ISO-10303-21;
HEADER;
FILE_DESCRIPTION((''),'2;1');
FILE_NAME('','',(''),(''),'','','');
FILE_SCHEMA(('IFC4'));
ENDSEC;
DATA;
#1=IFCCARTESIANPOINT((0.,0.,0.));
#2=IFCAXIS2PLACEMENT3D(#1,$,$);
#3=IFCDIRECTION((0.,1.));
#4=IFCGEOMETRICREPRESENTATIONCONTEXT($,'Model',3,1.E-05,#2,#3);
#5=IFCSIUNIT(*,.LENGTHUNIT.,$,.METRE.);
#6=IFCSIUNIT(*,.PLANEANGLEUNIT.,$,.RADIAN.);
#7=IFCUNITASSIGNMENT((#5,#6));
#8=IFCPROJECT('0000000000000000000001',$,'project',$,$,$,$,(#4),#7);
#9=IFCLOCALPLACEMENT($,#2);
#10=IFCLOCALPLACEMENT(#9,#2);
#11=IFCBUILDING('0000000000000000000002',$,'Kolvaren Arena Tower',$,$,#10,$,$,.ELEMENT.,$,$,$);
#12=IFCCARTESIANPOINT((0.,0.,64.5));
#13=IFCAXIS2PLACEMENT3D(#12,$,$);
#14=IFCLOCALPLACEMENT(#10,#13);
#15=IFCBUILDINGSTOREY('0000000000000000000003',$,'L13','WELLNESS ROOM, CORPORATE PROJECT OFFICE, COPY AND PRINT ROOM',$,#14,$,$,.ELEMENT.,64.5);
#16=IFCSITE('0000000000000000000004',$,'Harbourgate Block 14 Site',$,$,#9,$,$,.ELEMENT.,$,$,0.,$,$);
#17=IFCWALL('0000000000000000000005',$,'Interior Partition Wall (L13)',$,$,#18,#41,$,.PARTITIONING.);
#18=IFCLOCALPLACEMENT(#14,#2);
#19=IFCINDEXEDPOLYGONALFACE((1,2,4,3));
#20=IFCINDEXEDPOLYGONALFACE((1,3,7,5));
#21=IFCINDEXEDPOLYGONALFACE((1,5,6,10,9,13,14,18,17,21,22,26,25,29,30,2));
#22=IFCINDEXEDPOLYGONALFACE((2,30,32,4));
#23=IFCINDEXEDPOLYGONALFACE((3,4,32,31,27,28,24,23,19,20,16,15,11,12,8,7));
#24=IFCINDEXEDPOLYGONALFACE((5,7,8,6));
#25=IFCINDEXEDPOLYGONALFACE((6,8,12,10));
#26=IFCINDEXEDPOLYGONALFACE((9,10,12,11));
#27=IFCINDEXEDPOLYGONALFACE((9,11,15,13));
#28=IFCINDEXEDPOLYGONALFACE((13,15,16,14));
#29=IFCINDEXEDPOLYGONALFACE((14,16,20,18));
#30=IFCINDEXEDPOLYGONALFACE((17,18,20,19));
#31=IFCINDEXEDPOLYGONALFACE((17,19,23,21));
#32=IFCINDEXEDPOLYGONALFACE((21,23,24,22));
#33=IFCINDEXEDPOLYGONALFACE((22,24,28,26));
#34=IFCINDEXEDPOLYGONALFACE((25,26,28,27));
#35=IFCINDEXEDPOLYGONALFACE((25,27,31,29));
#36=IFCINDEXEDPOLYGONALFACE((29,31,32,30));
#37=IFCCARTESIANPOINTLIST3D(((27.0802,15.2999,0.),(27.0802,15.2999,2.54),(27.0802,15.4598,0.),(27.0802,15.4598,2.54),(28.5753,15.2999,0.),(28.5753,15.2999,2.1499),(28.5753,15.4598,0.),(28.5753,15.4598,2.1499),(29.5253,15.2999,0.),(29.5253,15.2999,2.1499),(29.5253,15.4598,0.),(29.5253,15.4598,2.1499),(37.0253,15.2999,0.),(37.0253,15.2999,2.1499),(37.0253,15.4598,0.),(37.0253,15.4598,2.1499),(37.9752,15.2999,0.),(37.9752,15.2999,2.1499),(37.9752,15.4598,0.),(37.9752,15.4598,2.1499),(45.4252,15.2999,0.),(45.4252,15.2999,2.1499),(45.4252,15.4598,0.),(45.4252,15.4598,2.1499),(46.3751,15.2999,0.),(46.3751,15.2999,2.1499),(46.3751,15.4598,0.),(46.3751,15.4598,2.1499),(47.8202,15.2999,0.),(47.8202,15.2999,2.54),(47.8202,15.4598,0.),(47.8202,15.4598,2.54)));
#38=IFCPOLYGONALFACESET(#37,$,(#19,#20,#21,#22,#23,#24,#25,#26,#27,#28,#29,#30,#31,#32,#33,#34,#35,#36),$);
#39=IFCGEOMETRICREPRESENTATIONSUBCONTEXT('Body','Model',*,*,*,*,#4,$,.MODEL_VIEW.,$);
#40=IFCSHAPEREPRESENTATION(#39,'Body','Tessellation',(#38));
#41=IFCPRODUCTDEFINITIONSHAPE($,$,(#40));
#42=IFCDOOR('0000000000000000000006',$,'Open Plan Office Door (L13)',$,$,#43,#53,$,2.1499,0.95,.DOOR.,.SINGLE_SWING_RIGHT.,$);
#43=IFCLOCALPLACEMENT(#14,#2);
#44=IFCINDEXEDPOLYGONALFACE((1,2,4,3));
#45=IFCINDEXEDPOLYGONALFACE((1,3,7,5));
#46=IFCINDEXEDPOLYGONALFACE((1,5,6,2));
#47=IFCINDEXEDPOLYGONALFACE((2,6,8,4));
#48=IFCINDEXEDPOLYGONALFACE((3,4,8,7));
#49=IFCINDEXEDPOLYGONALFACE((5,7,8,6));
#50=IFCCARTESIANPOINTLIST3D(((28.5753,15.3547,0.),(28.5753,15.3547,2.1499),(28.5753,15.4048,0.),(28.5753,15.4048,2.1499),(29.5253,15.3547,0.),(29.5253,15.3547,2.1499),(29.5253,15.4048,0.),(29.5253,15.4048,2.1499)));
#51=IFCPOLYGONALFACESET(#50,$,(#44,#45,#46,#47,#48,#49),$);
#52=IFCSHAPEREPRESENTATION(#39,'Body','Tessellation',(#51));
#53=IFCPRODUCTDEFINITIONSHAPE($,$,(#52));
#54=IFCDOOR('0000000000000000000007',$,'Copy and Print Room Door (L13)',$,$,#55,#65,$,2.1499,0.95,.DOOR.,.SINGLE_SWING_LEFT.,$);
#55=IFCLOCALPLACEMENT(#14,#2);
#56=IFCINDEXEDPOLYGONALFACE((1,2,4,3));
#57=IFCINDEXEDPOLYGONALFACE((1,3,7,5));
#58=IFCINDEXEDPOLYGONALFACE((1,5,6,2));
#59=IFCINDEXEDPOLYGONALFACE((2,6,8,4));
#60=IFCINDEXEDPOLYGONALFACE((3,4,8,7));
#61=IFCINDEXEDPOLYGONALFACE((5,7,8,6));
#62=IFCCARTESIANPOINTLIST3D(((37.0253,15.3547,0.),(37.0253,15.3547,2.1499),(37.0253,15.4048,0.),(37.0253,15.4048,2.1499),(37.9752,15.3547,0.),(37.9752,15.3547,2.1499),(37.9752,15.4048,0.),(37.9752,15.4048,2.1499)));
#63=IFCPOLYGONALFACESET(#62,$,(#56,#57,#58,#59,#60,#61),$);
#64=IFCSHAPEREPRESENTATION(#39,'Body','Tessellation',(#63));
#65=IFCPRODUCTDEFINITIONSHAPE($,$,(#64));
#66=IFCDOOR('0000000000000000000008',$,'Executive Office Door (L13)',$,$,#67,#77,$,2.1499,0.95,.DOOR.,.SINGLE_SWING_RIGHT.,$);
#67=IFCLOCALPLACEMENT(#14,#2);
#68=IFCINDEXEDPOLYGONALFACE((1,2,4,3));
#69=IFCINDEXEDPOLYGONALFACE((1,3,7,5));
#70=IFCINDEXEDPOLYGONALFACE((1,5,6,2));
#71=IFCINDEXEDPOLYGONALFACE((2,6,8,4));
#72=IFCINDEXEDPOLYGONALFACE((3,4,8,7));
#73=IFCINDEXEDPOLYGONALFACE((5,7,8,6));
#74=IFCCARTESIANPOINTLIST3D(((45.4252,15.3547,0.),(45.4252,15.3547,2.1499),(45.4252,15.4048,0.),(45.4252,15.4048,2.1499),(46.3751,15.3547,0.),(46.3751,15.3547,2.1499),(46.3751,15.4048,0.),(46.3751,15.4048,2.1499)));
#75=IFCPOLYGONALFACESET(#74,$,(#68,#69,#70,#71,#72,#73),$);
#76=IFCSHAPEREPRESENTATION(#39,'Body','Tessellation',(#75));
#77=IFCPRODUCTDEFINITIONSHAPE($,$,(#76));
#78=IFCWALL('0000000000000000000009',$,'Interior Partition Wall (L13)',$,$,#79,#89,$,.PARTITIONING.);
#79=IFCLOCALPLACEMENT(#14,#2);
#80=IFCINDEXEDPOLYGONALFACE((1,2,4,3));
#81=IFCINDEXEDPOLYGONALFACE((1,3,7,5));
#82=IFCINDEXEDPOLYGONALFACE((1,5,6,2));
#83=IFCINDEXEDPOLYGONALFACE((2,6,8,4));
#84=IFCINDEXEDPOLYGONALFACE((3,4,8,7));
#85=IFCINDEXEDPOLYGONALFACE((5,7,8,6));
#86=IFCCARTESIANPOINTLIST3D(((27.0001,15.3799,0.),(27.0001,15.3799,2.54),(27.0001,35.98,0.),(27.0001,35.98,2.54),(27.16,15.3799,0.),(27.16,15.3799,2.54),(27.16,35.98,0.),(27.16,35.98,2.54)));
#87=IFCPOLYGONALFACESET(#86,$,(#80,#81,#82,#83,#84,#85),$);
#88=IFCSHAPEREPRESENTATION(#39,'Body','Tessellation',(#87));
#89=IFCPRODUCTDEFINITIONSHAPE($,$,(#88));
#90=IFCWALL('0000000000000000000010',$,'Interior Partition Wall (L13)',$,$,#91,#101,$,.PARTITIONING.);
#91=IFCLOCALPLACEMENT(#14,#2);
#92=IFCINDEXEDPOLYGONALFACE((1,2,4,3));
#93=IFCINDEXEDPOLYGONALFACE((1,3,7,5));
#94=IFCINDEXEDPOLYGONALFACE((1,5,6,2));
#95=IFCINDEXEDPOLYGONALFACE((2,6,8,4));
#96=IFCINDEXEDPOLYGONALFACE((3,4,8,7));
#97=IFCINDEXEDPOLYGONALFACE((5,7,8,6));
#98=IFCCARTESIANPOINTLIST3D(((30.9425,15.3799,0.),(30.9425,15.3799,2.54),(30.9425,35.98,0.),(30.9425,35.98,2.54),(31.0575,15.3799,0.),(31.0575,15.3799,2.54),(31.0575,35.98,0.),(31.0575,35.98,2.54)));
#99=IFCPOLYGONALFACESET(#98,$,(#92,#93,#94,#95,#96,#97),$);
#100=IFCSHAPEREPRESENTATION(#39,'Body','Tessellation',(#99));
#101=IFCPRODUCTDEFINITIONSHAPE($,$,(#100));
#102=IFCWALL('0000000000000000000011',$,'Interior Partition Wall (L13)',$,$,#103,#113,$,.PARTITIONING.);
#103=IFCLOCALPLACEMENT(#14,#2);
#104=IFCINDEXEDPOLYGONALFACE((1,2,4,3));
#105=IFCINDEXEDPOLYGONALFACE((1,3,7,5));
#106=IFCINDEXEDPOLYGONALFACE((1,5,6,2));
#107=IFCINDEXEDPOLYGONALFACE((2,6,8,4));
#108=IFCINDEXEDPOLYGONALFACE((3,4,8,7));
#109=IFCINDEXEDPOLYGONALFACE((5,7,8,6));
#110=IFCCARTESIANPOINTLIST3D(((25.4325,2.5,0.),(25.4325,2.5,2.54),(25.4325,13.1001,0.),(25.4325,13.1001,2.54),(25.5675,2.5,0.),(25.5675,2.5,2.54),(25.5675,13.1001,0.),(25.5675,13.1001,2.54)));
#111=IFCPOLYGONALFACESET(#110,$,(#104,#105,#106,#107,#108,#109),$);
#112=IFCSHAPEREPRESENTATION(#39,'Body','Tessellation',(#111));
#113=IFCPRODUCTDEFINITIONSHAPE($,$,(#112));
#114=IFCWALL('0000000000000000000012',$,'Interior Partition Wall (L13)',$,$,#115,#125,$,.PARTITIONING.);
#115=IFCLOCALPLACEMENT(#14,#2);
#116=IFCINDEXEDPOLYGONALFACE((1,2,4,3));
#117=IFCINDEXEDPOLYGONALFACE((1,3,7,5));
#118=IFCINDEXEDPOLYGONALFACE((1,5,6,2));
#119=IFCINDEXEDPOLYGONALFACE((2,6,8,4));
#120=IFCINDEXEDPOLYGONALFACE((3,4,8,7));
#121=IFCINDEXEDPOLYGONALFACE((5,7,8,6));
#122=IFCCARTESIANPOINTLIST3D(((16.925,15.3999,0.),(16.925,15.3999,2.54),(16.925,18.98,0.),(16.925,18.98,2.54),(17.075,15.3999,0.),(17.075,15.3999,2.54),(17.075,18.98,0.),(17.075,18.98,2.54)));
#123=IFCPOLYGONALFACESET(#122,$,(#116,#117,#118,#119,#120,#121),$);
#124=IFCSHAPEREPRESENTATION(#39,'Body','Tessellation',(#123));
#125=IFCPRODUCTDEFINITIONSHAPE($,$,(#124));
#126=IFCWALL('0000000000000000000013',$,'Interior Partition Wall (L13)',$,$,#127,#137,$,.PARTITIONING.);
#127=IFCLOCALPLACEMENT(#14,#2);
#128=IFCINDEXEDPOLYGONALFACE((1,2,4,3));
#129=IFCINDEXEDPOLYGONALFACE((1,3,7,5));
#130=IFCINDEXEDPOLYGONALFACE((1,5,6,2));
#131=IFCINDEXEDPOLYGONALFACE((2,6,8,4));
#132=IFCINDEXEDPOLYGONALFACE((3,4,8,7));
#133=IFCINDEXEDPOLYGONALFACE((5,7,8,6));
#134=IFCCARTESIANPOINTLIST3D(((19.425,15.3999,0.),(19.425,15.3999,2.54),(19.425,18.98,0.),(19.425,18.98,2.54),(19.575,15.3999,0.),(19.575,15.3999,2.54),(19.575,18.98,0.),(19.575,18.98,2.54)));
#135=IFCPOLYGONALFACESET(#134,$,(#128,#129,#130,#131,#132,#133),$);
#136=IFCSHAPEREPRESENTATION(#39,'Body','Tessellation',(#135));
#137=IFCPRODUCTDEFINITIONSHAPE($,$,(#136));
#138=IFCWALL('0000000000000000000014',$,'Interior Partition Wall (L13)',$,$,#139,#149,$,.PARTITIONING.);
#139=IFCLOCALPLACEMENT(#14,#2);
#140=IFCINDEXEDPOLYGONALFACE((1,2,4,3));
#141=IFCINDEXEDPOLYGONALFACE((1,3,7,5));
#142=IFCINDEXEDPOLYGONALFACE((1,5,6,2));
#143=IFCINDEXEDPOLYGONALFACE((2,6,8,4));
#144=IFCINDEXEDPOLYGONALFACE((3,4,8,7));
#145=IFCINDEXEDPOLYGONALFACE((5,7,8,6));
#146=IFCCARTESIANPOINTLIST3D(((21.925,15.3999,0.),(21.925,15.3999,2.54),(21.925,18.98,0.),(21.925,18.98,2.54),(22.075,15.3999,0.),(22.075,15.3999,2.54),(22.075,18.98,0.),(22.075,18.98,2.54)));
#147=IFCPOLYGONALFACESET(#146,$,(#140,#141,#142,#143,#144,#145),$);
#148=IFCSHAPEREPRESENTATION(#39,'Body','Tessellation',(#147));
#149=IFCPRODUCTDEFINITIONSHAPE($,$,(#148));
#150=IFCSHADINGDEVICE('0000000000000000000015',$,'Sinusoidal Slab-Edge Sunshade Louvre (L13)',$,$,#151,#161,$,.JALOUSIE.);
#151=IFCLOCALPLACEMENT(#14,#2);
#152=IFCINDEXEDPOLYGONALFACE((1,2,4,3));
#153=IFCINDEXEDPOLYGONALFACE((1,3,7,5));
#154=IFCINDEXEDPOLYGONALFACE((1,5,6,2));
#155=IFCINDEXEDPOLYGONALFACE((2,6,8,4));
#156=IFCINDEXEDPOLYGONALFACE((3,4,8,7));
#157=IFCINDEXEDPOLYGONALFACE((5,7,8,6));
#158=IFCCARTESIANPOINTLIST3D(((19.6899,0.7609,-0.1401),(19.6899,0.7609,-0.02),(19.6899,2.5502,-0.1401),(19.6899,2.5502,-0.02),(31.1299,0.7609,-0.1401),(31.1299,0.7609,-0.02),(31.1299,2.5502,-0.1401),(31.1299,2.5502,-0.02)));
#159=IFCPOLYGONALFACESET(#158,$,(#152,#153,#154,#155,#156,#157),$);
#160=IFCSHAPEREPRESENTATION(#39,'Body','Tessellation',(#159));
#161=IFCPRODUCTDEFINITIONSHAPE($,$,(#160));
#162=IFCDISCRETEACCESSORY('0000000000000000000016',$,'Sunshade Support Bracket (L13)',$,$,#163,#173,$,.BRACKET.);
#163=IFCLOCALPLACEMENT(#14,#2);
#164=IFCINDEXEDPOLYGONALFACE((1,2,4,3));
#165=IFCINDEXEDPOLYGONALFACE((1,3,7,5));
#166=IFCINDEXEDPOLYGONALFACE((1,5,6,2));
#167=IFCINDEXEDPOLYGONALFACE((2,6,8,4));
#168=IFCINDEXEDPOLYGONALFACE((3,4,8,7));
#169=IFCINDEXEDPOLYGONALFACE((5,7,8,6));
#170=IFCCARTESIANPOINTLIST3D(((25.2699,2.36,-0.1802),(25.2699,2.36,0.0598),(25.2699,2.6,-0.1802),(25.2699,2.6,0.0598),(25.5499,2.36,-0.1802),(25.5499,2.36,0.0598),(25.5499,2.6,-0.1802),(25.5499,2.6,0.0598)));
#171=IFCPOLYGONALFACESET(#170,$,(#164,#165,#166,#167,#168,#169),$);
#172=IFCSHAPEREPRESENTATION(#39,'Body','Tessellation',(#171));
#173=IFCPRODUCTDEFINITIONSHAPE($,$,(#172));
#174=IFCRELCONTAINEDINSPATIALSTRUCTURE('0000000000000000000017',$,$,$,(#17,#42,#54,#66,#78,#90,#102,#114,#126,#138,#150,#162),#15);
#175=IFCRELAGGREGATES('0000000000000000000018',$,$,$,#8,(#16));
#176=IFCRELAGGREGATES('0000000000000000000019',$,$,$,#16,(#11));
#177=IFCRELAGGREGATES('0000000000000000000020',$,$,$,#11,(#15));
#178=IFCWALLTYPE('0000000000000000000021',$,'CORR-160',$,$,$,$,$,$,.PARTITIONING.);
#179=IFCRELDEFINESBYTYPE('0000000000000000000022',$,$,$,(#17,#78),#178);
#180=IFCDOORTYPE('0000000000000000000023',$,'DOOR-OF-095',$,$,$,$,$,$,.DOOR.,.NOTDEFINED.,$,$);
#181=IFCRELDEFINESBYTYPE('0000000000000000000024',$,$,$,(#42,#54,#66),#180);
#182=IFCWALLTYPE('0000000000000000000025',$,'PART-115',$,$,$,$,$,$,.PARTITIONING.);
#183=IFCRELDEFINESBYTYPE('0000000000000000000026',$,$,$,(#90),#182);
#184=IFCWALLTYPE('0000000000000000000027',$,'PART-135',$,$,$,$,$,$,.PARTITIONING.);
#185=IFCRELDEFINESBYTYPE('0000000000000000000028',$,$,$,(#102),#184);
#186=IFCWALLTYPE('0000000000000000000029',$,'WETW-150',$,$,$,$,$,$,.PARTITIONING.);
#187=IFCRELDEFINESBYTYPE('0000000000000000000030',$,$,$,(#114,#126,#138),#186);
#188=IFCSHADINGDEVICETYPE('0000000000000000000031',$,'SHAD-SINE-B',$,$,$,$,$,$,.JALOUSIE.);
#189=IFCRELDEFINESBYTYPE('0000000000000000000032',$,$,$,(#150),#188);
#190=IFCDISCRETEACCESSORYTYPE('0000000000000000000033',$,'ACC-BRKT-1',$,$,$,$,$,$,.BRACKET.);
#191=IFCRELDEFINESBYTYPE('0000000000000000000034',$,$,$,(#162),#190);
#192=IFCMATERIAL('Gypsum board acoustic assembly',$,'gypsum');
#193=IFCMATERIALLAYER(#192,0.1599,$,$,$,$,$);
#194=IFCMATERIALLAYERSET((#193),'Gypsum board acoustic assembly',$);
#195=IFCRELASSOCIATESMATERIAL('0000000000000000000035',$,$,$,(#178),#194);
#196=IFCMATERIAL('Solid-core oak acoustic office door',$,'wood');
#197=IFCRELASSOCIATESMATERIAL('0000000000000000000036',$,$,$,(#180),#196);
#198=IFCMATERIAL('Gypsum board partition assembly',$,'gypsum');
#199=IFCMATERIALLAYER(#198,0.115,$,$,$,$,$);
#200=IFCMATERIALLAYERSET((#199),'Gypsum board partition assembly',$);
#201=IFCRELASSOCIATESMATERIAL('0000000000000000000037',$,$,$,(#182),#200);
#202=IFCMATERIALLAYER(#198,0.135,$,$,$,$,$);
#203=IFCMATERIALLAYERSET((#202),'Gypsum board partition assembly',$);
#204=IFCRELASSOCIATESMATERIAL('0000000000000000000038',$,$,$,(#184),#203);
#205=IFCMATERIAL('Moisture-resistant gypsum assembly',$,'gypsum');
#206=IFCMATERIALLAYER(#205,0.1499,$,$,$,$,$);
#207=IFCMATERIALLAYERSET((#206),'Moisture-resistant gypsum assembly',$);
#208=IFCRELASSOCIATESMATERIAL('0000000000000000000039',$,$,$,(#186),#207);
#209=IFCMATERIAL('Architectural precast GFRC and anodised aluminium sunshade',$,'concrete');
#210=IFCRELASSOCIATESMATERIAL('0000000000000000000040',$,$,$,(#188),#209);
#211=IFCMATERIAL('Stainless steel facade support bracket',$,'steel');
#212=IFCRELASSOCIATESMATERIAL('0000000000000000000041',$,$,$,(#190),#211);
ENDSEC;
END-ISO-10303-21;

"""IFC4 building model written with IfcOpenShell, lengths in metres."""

from ifc_helpers import new_model, si_unit, direction, frame, frame_2d, origin, origin_2d, place, context, subcontext, project, spatial, rectangle, extrude, material, layer, layer_set, type_object, element, fill, save


model = new_model("IFC4")

# Units and contexts
model_context = context("Model", 3, precision=1e-05, world=origin(), true_north=direction((0.0, 1.0)))
body_context = subcontext(model_context, "Body", "Model", "MODEL_VIEW")
ifc_project = project(units=[si_unit("LENGTHUNIT", "METRE"), si_unit("PLANEANGLEUNIT", "RADIAN")], contexts=[model_context])

# Site, building, storey
site_placement = place(None, origin())
site = spatial("IfcSite", under=ifc_project, at=site_placement, Name="Harbourgate Block 14 Site", CompositionType="ELEMENT", RefElevation=0.0)
building_placement = place(site_placement, origin())
building = spatial("IfcBuilding", under=site, at=building_placement, Name="Kolvaren Arena Tower", CompositionType="ELEMENT")
storey_placement = place(building_placement, frame((0.0, 0.0, 64.5)))
storey = spatial("IfcBuildingStorey", under=building, at=storey_placement, Name="L13", Description="WELLNESS ROOM, CORPORATE PROJECT OFFICE, COPY AND PRINT ROOM", CompositionType="ELEMENT", Elevation=64.5)

# Wall, openings, doors
ifc_material_1 = material(Name="Gypsum board acoustic assembly", Category="gypsum")
ifc_layer_1 = layer(ifc_material_1, 0.1599)
ifc_layer_set_1 = layer_set([ifc_layer_1], Name="Gypsum board acoustic assembly")
wall_type_1 = type_object("IfcWallType", Name="CORR-160", PredefinedType="PARTITIONING", material=ifc_layer_set_1)
wall_1_placement = place(storey_placement, frame((27.0801, 15.3799, 0.0), z_axis=(0.0, 0.0, 1.0), x_axis=(1.0, 0.0, 0.0)))
wall_1 = element("IfcWall", 1, at=wall_1_placement, inside=storey, type_object=wall_type_1, Name="Interior Partition Wall (L13)", PredefinedType="PARTITIONING", context=body_context, shape_type="SweptSolid", body=[
    extrude(rectangle(XDim=20.74, YDim=0.1599, at=frame_2d((10.3701, 0.0))), origin(), (0.0, 0.0, 1.0), 2.54),
])
opening_1_placement = place(wall_1_placement, frame((1.4951, 0.0, 0.0)))
opening_1 = element("IfcOpeningElement", 2, at=opening_1_placement, cuts=wall_1, PredefinedType="OPENING", context=body_context, shape_type="SweptSolid", body=[
    extrude(rectangle(XDim=0.95, YDim=2.1499, at=frame_2d((0.4751, 1.075))), frame((0.0, 0.0898, 0.0), z_axis=(0.0, -1.0, 0.0), x_axis=(1.0, 0.0, 0.0)), (0.0, 0.0, 1.0), 0.1799),
])
opening_2_placement = place(wall_1_placement, frame((9.9451, 0.0, 0.0)))
opening_2 = element("IfcOpeningElement", 3, at=opening_2_placement, cuts=wall_1, PredefinedType="OPENING", context=body_context, shape_type="SweptSolid", body=[
    extrude(rectangle(XDim=0.95, YDim=2.1499, at=frame_2d((0.4751, 1.075))), frame((0.0, 0.0898, 0.0), z_axis=(0.0, -1.0, 0.0), x_axis=(1.0, 0.0, 0.0)), (0.0, 0.0, 1.0), 0.1799),
])
opening_3_placement = place(wall_1_placement, frame((18.345, 0.0, 0.0)))
opening_3 = element("IfcOpeningElement", 4, at=opening_3_placement, cuts=wall_1, PredefinedType="OPENING", context=body_context, shape_type="SweptSolid", body=[
    extrude(rectangle(XDim=0.95, YDim=2.1499, at=frame_2d((0.4751, 1.075))), frame((0.0, 0.0898, 0.0), z_axis=(0.0, -1.0, 0.0), x_axis=(1.0, 0.0, 0.0)), (0.0, 0.0, 1.0), 0.1799),
])
ifc_material_2 = material(Name="Solid-core oak acoustic office door", Category="wood")
door_type = type_object("IfcDoorType", Name="DOOR-OF-095", OperationType="NOTDEFINED", PredefinedType="DOOR", material=ifc_material_2)
door_1_placement = place(opening_1_placement, origin())
door_1 = element("IfcDoor", 5, at=door_1_placement, inside=storey, type_object=door_type, Name="Open Plan Office Door (L13)", OperationType="SINGLE_SWING_RIGHT", OverallHeight=2.1499, OverallWidth=0.95, PredefinedType="DOOR", context=body_context, shape_type="SweptSolid", body=[
    extrude(rectangle(XDim=0.95, YDim=2.1499, at=frame_2d((0.4751, 1.075))), frame((0.0, 0.0249, 0.0), z_axis=(0.0, -1.0, 0.0), x_axis=(1.0, 0.0, 0.0)), (0.0, 0.0, 1.0), 0.05),
])
fill(opening_1, door_1)
door_2_placement = place(opening_2_placement, origin())
door_2 = element("IfcDoor", 6, at=door_2_placement, inside=storey, type_object=door_type, Name="Copy and Print Room Door (L13)", OperationType="SINGLE_SWING_LEFT", OverallHeight=2.1499, OverallWidth=0.95, PredefinedType="DOOR", context=body_context, shape_type="SweptSolid", body=[
    extrude(rectangle(XDim=0.95, YDim=2.1499, at=frame_2d((0.4751, 1.075))), frame((0.0, 0.0249, 0.0), z_axis=(0.0, -1.0, 0.0), x_axis=(1.0, 0.0, 0.0)), (0.0, 0.0, 1.0), 0.05),
])
fill(opening_2, door_2)
door_3_placement = place(opening_3_placement, origin())
door_3 = element("IfcDoor", 7, at=door_3_placement, inside=storey, type_object=door_type, Name="Executive Office Door (L13)", OperationType="SINGLE_SWING_RIGHT", OverallHeight=2.1499, OverallWidth=0.95, PredefinedType="DOOR", context=body_context, shape_type="SweptSolid", body=[
    extrude(rectangle(XDim=0.95, YDim=2.1499, at=frame_2d((0.4751, 1.075))), frame((0.0, 0.0249, 0.0), z_axis=(0.0, -1.0, 0.0), x_axis=(1.0, 0.0, 0.0)), (0.0, 0.0, 1.0), 0.05),
])
fill(opening_3, door_3)

# Walls
wall_2_placement = place(storey_placement, frame((27.0801, 15.3799, 0.0), z_axis=(0.0, 0.0, 1.0), x_axis=(0.0, 1.0, 0.0)))
element("IfcWall", 8, at=wall_2_placement, inside=storey, type_object=wall_type_1, Name="Interior Partition Wall (L13)", PredefinedType="PARTITIONING", context=body_context, shape_type="SweptSolid", body=[
    extrude(rectangle(XDim=20.6001, YDim=0.1599, at=frame_2d((10.3, 0.0))), origin(), (0.0, 0.0, 1.0), 2.54),
])
ifc_material_3 = material(Name="Gypsum board partition assembly", Category="gypsum")
ifc_layer_2 = layer(ifc_material_3, 0.115)
ifc_layer_set_2 = layer_set([ifc_layer_2], Name="Gypsum board partition assembly")
wall_type_2 = type_object("IfcWallType", Name="PART-115", PredefinedType="PARTITIONING", material=ifc_layer_set_2)
wall_3_placement = place(storey_placement, frame((31.0, 15.3799, 0.0), z_axis=(0.0, 0.0, 1.0), x_axis=(0.0, 1.0, 0.0)))
element("IfcWall", 9, at=wall_3_placement, inside=storey, type_object=wall_type_2, Name="Interior Partition Wall (L13)", PredefinedType="PARTITIONING", context=body_context, shape_type="SweptSolid", body=[
    extrude(rectangle(XDim=20.6001, YDim=0.115, at=frame_2d((10.3, 0.0))), origin(), (0.0, 0.0, 1.0), 2.54),
])
ifc_layer_3 = layer(ifc_material_3, 0.135)
ifc_layer_set_3 = layer_set([ifc_layer_3], Name="Gypsum board partition assembly")
wall_type_3 = type_object("IfcWallType", Name="PART-135", PredefinedType="PARTITIONING", material=ifc_layer_set_3)
wall_4_placement = place(storey_placement, frame((25.5, 2.5, 0.0), z_axis=(0.0, 0.0, 1.0), x_axis=(0.0, 1.0, 0.0)))
element("IfcWall", 10, at=wall_4_placement, inside=storey, type_object=wall_type_3, Name="Interior Partition Wall (L13)", PredefinedType="PARTITIONING", context=body_context, shape_type="SweptSolid", body=[
    extrude(rectangle(XDim=10.6001, YDim=0.135, at=frame_2d((5.3, 0.0))), origin(), (0.0, 0.0, 1.0), 2.54),
])
ifc_material_4 = material(Name="Moisture-resistant gypsum assembly", Category="gypsum")
ifc_layer_4 = layer(ifc_material_4, 0.1499)
ifc_layer_set_4 = layer_set([ifc_layer_4], Name="Moisture-resistant gypsum assembly")
wall_type_4 = type_object("IfcWallType", Name="WETW-150", PredefinedType="PARTITIONING", material=ifc_layer_set_4)
for number, where, z_axis, x_axis, name in (
    (11, (17.0, 15.3999, 0.0), (0.0, 0.0, 1.0), (0.0, 1.0, 0.0), "Interior Partition Wall (L13)"),
    (12, (19.5, 15.3999, 0.0), (0.0, 0.0, 1.0), (0.0, 1.0, 0.0), "Interior Partition Wall (L13)"),
    (13, (22.0, 15.3999, 0.0), (0.0, 0.0, 1.0), (0.0, 1.0, 0.0), "Interior Partition Wall (L13)"),
):
    element("IfcWall", number, at=place(storey_placement, frame(where, z_axis=z_axis, x_axis=x_axis)), inside=storey, type_object=wall_type_4, Name=name, PredefinedType="PARTITIONING", context=body_context, shape_type="SweptSolid", body=[
        extrude(rectangle(XDim=3.5801, YDim=0.1499, at=frame_2d((1.79, 0.0))), origin(), (0.0, 0.0, 1.0), 2.54),
    ])

# Shading device
ifc_material_5 = material(Name="Architectural precast GFRC and anodised aluminium sunshade", Category="concrete")
shading_device_type = type_object("IfcShadingDeviceType", Name="SHAD-SINE-B", PredefinedType="JALOUSIE", material=ifc_material_5)
shading_device_placement = place(storey_placement, frame((25.4099, 1.6555, -0.1401), z_axis=(0.0, 0.0, 1.0), x_axis=(-1.0, 0.0, 0.0)))
element("IfcShadingDevice", 14, at=shading_device_placement, inside=storey, type_object=shading_device_type, Name="Sinusoidal Slab-Edge Sunshade Louvre (L13)", PredefinedType="JALOUSIE", context=body_context, shape_type="SweptSolid", body=[
    extrude(rectangle(XDim=11.4399, YDim=1.7893, at=origin_2d()), origin(), (0.0, 0.0, 1.0), 0.1201),
])

# Discrete accessory
ifc_material_6 = material(Name="Stainless steel facade support bracket", Category="steel")
discrete_accessory_type = type_object("IfcDiscreteAccessoryType", Name="ACC-BRKT-1", PredefinedType="BRACKET", material=ifc_material_6)
discrete_accessory_placement = place(storey_placement, frame((25.4099, 2.48, -0.1802), z_axis=(0.0, 0.0, 1.0), x_axis=(-1.0, 0.0, 0.0)))
element("IfcDiscreteAccessory", 15, at=discrete_accessory_placement, inside=storey, type_object=discrete_accessory_type, Name="Sunshade Support Bracket (L13)", PredefinedType="BRACKET", context=body_context, shape_type="SweptSolid", body=[
    extrude(rectangle(XDim=0.28, YDim=0.24, at=origin_2d()), origin(), (0.0, 0.0, 1.0), 0.24),
])

save(model, "model.ifc")
